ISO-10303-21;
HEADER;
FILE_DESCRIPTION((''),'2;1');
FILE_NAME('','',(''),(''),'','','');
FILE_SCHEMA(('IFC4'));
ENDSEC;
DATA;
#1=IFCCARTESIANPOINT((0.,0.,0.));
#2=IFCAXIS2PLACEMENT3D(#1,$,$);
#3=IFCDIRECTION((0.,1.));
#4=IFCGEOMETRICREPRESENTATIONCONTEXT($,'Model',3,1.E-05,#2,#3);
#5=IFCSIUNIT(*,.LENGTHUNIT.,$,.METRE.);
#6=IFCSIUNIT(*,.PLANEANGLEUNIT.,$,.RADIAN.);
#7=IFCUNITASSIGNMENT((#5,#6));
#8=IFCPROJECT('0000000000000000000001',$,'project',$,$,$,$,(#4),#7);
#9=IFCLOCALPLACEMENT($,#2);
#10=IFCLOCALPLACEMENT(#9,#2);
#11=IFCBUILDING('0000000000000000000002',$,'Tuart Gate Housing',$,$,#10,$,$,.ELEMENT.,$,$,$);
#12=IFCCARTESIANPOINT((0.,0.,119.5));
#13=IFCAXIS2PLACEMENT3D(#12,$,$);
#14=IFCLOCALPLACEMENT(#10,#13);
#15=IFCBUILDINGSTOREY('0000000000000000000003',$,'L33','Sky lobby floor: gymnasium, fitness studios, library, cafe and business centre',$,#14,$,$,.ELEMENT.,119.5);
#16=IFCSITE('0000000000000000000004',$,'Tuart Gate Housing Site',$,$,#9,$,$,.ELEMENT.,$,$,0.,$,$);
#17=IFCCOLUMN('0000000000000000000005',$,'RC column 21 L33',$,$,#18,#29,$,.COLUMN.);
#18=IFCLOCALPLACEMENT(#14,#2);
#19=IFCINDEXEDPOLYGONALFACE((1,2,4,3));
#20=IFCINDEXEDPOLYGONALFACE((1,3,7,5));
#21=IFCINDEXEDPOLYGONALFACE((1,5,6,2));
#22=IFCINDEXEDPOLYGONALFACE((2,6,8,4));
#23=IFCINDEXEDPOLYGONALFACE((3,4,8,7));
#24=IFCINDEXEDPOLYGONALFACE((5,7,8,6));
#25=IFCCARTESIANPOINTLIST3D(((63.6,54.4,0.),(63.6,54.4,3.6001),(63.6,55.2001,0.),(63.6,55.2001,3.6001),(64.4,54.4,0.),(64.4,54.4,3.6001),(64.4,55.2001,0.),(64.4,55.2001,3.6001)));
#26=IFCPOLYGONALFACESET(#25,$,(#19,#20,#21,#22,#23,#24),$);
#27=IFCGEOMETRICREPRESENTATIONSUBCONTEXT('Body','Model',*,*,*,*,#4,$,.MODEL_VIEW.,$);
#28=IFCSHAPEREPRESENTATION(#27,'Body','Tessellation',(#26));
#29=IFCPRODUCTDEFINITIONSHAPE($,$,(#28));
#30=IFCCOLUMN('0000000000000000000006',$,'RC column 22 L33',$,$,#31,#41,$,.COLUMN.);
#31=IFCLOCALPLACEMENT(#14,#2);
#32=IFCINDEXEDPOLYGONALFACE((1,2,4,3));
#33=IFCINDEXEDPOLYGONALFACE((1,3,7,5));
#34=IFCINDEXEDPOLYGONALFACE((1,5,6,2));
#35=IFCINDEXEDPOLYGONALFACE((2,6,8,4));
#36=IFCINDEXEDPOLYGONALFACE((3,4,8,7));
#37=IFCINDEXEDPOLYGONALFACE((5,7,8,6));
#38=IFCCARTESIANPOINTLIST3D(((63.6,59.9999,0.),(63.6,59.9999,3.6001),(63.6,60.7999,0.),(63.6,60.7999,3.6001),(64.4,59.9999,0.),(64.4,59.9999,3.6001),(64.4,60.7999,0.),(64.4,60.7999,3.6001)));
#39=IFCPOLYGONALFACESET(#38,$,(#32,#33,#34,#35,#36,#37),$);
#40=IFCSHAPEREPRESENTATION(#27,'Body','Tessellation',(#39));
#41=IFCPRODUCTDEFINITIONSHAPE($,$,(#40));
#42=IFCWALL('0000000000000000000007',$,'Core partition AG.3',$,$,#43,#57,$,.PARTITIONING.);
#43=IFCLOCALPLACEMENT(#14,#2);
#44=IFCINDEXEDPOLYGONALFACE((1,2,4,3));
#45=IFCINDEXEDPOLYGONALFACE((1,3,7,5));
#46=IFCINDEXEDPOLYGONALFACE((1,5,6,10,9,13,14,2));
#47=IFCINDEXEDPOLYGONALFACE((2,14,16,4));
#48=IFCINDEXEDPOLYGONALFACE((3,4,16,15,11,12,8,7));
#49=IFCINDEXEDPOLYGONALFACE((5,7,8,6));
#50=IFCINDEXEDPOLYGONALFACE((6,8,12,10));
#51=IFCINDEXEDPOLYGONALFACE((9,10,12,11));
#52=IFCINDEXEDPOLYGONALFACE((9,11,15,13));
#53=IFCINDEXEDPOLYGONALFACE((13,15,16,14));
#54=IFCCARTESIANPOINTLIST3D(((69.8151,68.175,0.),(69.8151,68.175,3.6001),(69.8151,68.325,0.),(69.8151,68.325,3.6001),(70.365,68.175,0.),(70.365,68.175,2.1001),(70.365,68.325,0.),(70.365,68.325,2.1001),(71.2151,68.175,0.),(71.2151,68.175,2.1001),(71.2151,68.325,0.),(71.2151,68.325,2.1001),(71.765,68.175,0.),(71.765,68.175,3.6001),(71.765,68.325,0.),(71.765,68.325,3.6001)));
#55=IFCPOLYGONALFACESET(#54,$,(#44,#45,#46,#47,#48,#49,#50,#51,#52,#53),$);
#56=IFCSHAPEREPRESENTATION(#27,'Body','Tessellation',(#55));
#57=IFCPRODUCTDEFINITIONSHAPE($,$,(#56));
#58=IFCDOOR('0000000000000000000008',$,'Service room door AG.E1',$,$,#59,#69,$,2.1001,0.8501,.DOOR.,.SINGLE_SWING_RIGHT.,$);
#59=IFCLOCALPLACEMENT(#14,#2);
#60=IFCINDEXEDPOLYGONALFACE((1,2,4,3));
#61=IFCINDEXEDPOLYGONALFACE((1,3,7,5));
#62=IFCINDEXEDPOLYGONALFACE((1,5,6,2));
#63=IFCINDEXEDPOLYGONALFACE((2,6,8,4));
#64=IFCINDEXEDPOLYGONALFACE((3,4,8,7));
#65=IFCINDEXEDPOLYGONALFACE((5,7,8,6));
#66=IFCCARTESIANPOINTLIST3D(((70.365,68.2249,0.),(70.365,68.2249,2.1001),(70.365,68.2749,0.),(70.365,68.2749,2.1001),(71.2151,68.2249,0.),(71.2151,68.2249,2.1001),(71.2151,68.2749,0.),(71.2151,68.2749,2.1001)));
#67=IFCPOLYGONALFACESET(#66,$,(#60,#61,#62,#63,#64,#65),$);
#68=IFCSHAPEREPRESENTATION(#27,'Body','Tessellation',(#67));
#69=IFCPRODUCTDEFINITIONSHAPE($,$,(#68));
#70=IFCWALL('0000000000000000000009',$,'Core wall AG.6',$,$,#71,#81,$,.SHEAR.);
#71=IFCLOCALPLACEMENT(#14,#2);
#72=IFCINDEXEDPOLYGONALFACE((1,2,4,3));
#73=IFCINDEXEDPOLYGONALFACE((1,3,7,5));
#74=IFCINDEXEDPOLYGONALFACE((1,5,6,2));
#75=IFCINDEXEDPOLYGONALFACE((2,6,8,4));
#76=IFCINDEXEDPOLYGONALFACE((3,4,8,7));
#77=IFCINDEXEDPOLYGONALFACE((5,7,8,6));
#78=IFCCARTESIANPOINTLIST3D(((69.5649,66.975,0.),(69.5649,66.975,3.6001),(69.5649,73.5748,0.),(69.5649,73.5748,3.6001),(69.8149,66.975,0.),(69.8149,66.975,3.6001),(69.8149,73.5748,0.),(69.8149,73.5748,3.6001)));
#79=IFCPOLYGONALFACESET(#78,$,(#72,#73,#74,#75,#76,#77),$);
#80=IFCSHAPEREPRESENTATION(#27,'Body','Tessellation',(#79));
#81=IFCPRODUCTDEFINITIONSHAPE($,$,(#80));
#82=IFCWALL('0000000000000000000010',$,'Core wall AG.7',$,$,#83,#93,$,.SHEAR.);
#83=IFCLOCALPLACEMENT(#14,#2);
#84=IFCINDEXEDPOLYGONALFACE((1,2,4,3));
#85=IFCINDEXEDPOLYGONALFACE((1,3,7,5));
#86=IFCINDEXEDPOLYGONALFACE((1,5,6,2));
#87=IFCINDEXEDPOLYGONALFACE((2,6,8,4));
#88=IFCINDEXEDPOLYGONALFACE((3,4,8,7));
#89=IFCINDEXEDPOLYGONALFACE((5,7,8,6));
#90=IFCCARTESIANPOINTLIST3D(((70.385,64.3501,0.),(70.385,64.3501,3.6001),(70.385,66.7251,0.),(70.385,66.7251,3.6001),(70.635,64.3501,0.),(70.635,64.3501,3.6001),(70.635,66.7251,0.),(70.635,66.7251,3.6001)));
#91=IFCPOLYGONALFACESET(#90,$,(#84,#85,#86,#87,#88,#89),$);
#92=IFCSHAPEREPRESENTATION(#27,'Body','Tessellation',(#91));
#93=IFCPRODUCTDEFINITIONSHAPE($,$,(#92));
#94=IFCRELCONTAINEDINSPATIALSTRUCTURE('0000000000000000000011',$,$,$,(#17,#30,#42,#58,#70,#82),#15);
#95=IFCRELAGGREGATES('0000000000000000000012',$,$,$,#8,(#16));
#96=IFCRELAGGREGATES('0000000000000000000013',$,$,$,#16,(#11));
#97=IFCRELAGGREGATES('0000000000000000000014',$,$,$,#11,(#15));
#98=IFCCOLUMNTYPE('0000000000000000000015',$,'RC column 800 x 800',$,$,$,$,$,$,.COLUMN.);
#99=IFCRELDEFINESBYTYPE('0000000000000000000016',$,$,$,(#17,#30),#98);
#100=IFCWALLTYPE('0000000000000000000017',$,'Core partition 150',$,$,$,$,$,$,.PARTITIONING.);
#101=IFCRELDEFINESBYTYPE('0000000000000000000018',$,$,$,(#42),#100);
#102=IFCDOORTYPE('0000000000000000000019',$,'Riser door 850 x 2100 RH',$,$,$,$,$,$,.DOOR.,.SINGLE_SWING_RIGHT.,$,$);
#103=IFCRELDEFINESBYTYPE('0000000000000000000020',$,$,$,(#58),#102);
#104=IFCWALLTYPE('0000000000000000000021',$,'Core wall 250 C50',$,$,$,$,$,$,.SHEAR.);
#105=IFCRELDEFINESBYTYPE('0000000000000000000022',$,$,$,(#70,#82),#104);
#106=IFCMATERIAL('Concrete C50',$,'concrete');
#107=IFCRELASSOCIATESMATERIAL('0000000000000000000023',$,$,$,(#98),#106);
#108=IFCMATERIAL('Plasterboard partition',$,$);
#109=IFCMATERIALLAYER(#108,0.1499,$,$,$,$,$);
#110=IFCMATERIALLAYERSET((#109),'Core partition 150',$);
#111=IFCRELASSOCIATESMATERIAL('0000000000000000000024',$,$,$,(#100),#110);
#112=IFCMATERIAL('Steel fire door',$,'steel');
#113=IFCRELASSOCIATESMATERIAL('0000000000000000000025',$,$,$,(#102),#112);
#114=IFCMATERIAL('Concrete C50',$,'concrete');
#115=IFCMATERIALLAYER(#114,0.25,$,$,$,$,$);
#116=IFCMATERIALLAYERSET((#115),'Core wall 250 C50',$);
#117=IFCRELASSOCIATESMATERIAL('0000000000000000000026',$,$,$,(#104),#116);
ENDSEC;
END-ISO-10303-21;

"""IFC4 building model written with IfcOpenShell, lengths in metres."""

from ifc_helpers import new_model, si_unit, direction, frame, frame_2d, origin, origin_2d, place, context, subcontext, project, spatial, rectangle, extrude, material, layer, layer_set, material_profile, profile_set, type_object, element, fill, save


model = new_model("IFC4")

# Units and contexts
model_context = context("Model", 3, precision=1e-05, world=origin(), true_north=direction((0.0, 1.0)))
body_context = subcontext(model_context, "Body", "Model", "MODEL_VIEW")
ifc_project = project(units=[si_unit("LENGTHUNIT", "METRE"), si_unit("PLANEANGLEUNIT", "RADIAN")], contexts=[model_context])

# Site, building, storey
site_placement = place(None, origin())
site = spatial("IfcSite", under=ifc_project, at=site_placement, Name="Tuart Gate Housing Site", CompositionType="ELEMENT", RefElevation=0.0)
building_placement = place(site_placement, origin())
building = spatial("IfcBuilding", under=site, at=building_placement, Name="Tuart Gate Housing", CompositionType="ELEMENT")
storey_placement = place(building_placement, frame((0.0, 0.0, 119.5)))
storey = spatial("IfcBuildingStorey", under=building, at=storey_placement, Name="L33", Description="Sky lobby floor: gymnasium, fitness studios, library, cafe and business centre", CompositionType="ELEMENT", Elevation=119.5)

# Columns
ifc_material_1 = material(Name="Concrete C50", Category="concrete")
ifc_material_profile = material_profile(ifc_material_1, rectangle(XDim=0.8, YDim=0.8, at=origin_2d()), Name="RC column 800 x 800")
ifc_profile_set = profile_set([ifc_material_profile], Name="Concrete C50")
column_type = type_object("IfcColumnType", Name="RC column 800 x 800", PredefinedType="COLUMN", material=ifc_profile_set)
for number, where, z_axis, x_axis, name in (
    (1, (64.0, 54.8, 0.0), (0.0, 0.0, 1.0), (1.0, 0.0, 0.0), "RC column 21 L33"),
    (2, (64.0, 60.3999, 0.0), (0.0, 0.0, 1.0), (1.0, 0.0, 0.0), "RC column 22 L33"),
):
    element("IfcColumn", number, at=place(storey_placement, frame(where, z_axis=z_axis, x_axis=x_axis)), inside=storey, type_object=column_type, Name=name, PredefinedType="COLUMN", context=body_context, shape_type="SweptSolid", body=[
        extrude(rectangle(XDim=0.8, YDim=0.8, at=origin_2d()), origin(), (0.0, 0.0, 1.0), 3.6001),
    ])

# Wall, opening, door
ifc_material_2 = material(Name="Plasterboard partition")
ifc_layer_1 = layer(ifc_material_2, 0.1499)
ifc_layer_set_1 = layer_set([ifc_layer_1], Name="Core partition 150")
wall_type_1 = type_object("IfcWallType", Name="Core partition 150", PredefinedType="PARTITIONING", material=ifc_layer_set_1)
wall_1_placement = place(storey_placement, frame((69.8149, 68.25, 0.0), z_axis=(0.0, 0.0, 1.0), x_axis=(1.0, 0.0, 0.0)))
wall_1 = element("IfcWall", 3, at=wall_1_placement, inside=storey, type_object=wall_type_1, Name="Core partition AG.3", PredefinedType="PARTITIONING", context=body_context, shape_type="SweptSolid", body=[
    extrude(rectangle(XDim=1.95, YDim=0.1499, at=frame_2d((0.9751, 0.0))), origin(), (0.0, 0.0, 1.0), 3.6001),
])
opening_1_placement = place(wall_1_placement, frame((0.55, 0.0, 0.0)))
opening_1 = element("IfcOpeningElement", 4, at=opening_1_placement, cuts=wall_1, PredefinedType="OPENING", context=body_context, shape_type="SweptSolid", body=[
    extrude(rectangle(XDim=0.8501, YDim=2.1001, at=frame_2d((0.425, 1.05))), frame((0.0, 0.085, 0.0), z_axis=(0.0, -1.0, 0.0), x_axis=(1.0, 0.0, 0.0)), (0.0, 0.0, 1.0), 0.1699),
])
ifc_material_3 = material(Name="Steel fire door", Category="steel")
door_type_1 = type_object("IfcDoorType", Name="Riser door 850 x 2100 RH", OperationType="SINGLE_SWING_RIGHT", PredefinedType="DOOR", material=ifc_material_3)
door_1_placement = place(opening_1_placement, frame((0.8501, 0.0, 0.0), z_axis=(0.0, 0.0, 1.0), x_axis=(-1.0, 0.0, 0.0)))
door_1 = element("IfcDoor", 5, at=door_1_placement, inside=storey, type_object=door_type_1, Name="Service room door AG.E1", OperationType="SINGLE_SWING_RIGHT", OverallHeight=2.1001, OverallWidth=0.8501, PredefinedType="DOOR", context=body_context, shape_type="SweptSolid", body=[
    extrude(rectangle(XDim=0.8501, YDim=2.1001, at=frame_2d((0.425, 1.05))), frame((0.0, 0.0251, 0.0), z_axis=(0.0, -1.0, 0.0), x_axis=(1.0, 0.0, 0.0)), (0.0, 0.0, 1.0), 0.05),
])
fill(opening_1, door_1)

# Walls
ifc_material_4 = material(Name="Concrete C50", Category="concrete")
ifc_layer_2 = layer(ifc_material_4, 0.25)
ifc_layer_set_2 = layer_set([ifc_layer_2], Name="Core wall 250 C50")
wall_type_2 = type_object("IfcWallType", Name="Core wall 250 C50", PredefinedType="SHEAR", material=ifc_layer_set_2)
wall_2_placement = place(storey_placement, frame((69.6899, 66.9751, 0.0), z_axis=(0.0, 0.0, 1.0), x_axis=(0.0, 1.0, 0.0)))
element("IfcWall", 6, at=wall_2_placement, inside=storey, type_object=wall_type_2, Name="Core wall AG.6", PredefinedType="SHEAR", context=body_context, shape_type="SweptSolid", body=[
    extrude(rectangle(XDim=6.5999, YDim=0.25, at=frame_2d((3.2998, 0.0))), origin(), (0.0, 0.0, 1.0), 3.6001),
])
wall_3_placement = place(storey_placement, frame((70.51, 64.3501, 0.0), z_axis=(0.0, 0.0, 1.0), x_axis=(0.0, 1.0, 0.0)))
element("IfcWall", 7, at=wall_3_placement, inside=storey, type_object=wall_type_2, Name="Core wall AG.7", PredefinedType="SHEAR", context=body_context, shape_type="SweptSolid", body=[
    extrude(rectangle(XDim=2.375, YDim=0.25, at=frame_2d((1.1875, 0.0))), origin(), (0.0, 0.0, 1.0), 3.6001),
])

save(model, "model.ifc")
